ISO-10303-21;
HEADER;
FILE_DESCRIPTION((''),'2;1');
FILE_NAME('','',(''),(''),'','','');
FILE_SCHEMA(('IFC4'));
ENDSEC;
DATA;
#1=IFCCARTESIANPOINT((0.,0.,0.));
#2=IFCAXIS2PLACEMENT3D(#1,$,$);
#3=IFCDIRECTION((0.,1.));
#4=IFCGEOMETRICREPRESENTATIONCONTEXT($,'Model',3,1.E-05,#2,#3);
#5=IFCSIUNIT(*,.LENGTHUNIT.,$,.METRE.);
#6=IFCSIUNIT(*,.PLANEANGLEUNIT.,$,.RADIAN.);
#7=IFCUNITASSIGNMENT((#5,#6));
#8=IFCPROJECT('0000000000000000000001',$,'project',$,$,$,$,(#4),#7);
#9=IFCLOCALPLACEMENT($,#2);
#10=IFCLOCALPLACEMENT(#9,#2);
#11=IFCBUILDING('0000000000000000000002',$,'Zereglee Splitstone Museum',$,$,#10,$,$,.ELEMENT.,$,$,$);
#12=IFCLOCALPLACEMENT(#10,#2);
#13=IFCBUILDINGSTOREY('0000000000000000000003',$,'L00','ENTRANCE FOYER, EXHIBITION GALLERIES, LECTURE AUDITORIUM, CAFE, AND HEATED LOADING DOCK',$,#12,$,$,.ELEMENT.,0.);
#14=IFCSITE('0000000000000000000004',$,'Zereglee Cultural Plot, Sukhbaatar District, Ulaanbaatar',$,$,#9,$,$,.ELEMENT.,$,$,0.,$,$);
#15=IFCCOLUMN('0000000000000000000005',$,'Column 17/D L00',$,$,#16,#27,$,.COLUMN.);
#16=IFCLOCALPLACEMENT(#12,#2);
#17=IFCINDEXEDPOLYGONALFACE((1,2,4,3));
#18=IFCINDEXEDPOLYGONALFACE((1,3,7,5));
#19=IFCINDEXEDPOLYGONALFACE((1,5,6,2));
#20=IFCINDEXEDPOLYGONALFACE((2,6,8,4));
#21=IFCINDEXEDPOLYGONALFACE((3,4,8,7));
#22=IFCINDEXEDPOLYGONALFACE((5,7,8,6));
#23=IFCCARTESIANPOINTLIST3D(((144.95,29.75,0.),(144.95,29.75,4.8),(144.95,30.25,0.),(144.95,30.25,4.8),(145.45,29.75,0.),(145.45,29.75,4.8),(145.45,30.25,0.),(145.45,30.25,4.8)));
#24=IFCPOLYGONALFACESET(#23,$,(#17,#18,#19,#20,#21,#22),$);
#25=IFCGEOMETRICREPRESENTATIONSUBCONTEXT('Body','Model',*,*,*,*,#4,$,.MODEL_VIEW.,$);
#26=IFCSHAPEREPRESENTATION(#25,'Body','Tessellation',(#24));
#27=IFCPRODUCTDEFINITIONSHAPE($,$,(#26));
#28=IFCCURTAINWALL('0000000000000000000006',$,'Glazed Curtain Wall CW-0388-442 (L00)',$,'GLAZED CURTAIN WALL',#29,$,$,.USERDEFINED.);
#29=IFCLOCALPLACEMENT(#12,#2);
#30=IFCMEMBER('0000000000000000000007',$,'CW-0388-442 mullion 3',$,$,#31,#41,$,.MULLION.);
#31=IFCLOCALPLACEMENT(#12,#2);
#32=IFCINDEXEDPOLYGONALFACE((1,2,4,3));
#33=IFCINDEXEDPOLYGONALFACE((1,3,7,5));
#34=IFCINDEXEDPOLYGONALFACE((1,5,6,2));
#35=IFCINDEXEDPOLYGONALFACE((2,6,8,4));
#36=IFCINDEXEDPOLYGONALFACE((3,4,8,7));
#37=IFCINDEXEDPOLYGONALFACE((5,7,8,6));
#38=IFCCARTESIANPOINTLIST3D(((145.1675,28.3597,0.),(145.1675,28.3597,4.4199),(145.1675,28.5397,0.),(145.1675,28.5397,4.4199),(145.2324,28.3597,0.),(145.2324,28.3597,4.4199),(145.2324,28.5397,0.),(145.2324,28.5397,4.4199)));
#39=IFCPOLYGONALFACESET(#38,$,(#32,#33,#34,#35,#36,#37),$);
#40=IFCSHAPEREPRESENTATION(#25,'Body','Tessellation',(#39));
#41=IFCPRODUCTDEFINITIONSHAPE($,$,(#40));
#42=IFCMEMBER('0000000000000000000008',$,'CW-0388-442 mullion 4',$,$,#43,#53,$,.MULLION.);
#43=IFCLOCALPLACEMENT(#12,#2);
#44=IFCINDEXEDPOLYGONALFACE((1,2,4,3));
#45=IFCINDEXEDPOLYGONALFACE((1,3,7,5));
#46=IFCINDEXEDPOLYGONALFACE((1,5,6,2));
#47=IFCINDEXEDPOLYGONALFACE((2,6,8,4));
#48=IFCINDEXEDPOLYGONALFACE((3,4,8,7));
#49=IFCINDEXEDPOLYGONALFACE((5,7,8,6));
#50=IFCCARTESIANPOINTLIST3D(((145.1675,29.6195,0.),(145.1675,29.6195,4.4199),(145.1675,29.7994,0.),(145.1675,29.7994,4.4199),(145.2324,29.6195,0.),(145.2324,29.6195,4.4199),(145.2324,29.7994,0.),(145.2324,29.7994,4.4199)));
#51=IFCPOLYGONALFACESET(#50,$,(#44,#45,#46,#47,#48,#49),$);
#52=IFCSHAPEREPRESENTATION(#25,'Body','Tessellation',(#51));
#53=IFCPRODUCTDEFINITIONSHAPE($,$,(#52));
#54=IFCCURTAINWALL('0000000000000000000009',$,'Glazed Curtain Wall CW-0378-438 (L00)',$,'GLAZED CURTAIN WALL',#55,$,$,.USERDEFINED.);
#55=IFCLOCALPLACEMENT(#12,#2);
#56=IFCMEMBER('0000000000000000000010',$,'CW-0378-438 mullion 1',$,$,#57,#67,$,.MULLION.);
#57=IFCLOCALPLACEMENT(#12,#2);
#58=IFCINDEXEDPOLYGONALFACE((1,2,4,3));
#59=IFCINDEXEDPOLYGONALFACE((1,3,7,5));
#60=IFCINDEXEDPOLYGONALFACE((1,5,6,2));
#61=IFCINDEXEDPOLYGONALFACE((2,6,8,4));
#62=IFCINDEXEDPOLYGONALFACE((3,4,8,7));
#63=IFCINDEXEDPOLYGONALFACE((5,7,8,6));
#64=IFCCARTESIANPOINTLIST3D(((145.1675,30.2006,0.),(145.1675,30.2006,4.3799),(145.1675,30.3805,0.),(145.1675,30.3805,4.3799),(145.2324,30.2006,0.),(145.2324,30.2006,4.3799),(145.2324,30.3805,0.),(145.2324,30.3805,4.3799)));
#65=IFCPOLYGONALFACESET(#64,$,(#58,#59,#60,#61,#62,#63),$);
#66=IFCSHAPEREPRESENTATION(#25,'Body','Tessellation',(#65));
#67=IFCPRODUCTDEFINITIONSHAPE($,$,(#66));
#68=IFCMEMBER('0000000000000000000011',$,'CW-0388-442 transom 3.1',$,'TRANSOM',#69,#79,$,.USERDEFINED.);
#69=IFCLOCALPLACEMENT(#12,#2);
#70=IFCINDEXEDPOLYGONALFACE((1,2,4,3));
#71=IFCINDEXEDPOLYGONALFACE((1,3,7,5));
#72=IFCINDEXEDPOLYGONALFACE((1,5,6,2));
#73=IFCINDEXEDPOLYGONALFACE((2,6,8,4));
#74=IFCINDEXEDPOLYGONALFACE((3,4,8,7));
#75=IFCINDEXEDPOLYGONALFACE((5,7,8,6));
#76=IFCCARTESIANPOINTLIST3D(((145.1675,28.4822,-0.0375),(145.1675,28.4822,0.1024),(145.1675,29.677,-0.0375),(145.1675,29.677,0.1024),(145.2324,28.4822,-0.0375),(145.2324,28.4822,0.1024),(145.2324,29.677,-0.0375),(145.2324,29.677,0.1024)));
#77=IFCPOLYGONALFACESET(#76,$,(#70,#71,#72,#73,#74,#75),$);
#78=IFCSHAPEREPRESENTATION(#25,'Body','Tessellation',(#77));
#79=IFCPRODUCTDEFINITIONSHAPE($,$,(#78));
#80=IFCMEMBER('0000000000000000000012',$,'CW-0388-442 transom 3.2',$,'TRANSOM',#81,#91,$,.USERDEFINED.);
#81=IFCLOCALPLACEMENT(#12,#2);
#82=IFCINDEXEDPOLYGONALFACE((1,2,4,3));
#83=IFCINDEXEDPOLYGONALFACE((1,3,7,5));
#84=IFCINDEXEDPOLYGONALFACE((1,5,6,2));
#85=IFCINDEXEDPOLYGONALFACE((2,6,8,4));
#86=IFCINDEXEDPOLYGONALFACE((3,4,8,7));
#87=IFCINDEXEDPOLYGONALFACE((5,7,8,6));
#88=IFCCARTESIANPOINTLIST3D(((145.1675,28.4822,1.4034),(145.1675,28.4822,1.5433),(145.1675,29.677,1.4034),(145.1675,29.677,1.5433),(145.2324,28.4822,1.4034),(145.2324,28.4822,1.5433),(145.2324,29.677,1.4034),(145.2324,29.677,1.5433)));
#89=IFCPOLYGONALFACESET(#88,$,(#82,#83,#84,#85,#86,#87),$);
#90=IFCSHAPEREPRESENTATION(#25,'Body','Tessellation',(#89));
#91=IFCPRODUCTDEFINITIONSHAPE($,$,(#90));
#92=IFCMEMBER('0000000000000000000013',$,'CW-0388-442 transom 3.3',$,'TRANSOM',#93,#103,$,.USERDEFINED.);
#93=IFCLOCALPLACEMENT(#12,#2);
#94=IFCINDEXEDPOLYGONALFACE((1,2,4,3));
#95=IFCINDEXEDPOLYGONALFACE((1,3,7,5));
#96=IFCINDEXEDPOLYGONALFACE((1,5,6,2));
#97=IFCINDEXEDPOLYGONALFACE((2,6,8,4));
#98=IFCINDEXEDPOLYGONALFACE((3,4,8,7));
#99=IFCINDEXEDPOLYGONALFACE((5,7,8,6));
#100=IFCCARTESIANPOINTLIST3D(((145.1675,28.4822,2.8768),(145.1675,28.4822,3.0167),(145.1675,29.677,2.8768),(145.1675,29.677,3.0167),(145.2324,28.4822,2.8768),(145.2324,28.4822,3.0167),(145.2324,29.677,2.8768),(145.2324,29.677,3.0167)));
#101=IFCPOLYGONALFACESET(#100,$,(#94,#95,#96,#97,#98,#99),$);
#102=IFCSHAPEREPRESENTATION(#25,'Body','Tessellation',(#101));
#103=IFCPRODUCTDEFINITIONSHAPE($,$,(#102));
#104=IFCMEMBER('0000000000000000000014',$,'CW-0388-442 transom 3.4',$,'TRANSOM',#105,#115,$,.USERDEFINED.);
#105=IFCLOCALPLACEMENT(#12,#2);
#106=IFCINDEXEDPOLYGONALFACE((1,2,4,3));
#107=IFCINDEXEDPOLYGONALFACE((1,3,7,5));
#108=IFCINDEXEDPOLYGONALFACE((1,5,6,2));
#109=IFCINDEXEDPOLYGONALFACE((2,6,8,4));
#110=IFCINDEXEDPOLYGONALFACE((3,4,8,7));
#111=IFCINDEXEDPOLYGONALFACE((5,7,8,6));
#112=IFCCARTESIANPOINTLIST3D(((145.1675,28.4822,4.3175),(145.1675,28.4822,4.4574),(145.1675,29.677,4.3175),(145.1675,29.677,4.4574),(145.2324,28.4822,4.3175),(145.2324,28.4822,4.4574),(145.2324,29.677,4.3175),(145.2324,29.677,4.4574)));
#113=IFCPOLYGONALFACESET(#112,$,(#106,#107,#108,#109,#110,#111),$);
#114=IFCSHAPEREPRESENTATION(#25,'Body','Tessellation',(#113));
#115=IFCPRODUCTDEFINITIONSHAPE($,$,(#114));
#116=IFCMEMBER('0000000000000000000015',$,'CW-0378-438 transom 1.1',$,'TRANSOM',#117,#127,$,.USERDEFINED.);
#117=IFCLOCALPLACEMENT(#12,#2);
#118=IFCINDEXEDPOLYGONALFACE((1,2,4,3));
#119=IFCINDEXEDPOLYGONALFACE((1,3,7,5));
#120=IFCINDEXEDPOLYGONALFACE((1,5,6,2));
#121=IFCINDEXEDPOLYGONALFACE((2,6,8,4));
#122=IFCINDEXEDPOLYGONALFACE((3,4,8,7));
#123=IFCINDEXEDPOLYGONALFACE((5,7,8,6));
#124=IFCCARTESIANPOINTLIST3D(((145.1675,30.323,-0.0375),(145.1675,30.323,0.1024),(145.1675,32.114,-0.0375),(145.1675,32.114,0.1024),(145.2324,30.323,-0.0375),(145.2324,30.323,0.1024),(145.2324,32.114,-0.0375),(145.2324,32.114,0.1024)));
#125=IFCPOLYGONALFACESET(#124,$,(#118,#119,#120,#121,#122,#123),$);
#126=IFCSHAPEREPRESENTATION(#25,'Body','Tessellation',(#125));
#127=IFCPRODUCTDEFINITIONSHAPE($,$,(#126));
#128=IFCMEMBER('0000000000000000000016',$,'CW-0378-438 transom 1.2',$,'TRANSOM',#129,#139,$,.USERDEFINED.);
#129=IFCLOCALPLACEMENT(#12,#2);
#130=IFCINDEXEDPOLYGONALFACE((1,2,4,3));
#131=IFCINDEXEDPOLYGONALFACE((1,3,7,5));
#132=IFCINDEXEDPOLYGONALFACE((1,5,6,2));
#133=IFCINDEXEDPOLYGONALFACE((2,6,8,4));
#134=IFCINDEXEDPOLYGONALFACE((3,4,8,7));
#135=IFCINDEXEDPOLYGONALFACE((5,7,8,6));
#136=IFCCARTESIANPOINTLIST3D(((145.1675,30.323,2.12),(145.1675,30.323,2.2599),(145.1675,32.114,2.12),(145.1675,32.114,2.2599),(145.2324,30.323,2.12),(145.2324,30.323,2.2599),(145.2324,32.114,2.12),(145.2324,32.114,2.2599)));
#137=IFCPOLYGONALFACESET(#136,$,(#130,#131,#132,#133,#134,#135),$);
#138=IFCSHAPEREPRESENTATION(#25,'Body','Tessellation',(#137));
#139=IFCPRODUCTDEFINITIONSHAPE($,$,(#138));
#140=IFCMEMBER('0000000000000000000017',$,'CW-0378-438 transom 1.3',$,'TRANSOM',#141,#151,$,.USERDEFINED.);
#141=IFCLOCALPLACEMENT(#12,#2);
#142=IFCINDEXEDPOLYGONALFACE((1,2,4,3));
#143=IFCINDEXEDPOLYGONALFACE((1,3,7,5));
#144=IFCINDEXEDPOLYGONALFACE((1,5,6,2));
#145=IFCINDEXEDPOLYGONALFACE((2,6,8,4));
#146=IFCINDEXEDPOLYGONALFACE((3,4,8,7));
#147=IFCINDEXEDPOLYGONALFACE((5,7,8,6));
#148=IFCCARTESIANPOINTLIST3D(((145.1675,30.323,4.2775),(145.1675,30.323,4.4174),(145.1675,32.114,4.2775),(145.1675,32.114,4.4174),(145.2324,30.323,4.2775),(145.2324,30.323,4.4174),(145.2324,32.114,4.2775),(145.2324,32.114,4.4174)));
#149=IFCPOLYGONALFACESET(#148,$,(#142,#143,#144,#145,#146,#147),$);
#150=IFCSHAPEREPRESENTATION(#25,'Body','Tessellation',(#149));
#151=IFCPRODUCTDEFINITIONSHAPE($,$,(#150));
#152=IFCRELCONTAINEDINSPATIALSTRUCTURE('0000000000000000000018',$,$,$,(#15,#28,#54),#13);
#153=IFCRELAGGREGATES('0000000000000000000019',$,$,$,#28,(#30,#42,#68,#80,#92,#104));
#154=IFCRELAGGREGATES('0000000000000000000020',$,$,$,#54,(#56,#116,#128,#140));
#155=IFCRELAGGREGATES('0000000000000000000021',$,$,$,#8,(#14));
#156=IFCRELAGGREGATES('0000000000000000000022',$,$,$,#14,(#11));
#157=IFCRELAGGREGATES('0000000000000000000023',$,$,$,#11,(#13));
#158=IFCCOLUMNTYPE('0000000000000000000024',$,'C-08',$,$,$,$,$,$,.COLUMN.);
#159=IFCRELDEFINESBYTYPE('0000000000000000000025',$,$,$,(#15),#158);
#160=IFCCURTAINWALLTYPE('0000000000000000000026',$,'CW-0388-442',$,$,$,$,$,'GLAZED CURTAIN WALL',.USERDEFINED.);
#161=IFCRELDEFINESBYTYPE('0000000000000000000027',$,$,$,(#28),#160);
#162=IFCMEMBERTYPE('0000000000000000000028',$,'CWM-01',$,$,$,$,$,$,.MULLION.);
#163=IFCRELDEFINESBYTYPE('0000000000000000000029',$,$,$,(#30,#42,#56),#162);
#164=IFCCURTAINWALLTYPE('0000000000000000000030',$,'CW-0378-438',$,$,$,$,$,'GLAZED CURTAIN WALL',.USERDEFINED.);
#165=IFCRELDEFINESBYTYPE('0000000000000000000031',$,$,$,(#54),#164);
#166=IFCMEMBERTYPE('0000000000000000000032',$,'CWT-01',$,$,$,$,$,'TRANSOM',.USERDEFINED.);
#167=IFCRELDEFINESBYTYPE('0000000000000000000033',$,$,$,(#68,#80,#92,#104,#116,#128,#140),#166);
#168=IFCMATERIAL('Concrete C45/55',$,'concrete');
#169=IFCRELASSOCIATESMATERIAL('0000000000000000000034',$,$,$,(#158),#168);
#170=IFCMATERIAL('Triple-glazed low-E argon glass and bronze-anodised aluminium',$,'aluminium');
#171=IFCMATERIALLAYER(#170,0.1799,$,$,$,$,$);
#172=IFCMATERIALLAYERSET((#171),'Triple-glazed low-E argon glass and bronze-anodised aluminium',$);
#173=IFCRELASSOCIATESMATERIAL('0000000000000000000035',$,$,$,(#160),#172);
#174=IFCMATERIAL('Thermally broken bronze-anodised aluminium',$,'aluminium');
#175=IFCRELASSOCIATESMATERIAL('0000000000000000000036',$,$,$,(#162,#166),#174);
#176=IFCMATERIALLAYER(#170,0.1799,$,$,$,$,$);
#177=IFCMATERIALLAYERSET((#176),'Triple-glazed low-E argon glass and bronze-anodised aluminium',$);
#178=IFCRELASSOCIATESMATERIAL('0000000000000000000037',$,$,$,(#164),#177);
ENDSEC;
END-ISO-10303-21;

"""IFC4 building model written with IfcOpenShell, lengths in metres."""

from ifc_helpers import new_model, si_unit, direction, frame, origin, origin_2d, place, context, subcontext, project, spatial, rectangle, extrude, material, layer, layer_set, material_profile, profile_set, type_object, element, aggregate, save


model = new_model("IFC4")

# Units and contexts
model_context = context("Model", 3, precision=1e-05, world=origin(), true_north=direction((0.0, 1.0)))
body_context = subcontext(model_context, "Body", "Model", "MODEL_VIEW")
ifc_project = project(units=[si_unit("LENGTHUNIT", "METRE"), si_unit("PLANEANGLEUNIT", "RADIAN")], contexts=[model_context])

# Site, building, storey
site_placement = place(None, origin())
site = spatial("IfcSite", under=ifc_project, at=site_placement, Name="Zereglee Cultural Plot, Sukhbaatar District, Ulaanbaatar", CompositionType="ELEMENT", RefElevation=0.0)
building_placement = place(site_placement, origin())
building = spatial("IfcBuilding", under=site, at=building_placement, Name="Zereglee Splitstone Museum", CompositionType="ELEMENT")
storey_placement = place(building_placement, origin())
storey = spatial("IfcBuildingStorey", under=building, at=storey_placement, Name="L00", Description="ENTRANCE FOYER, EXHIBITION GALLERIES, LECTURE AUDITORIUM, CAFE, AND HEATED LOADING DOCK", CompositionType="ELEMENT", Elevation=0.0)

# Column
ifc_material_1 = material(Name="Concrete C45/55", Category="concrete")
ifc_material_profile_1 = material_profile(ifc_material_1, rectangle(XDim=0.5, YDim=0.5, at=origin_2d()), Name="RC 500x500")
ifc_profile_set_1 = profile_set([ifc_material_profile_1], Name="Concrete C45/55")
column_type = type_object("IfcColumnType", Name="C-08", PredefinedType="COLUMN", material=ifc_profile_set_1)
column_placement = place(storey_placement, frame((145.2, 30.0, 0.0), z_axis=(0.0, 0.0, 1.0), x_axis=(1.0, 0.0, 0.0)))
element("IfcColumn", 1, at=column_placement, inside=storey, type_object=column_type, Name="Column 17/D L00", PredefinedType="COLUMN", context=body_context, shape_type="SweptSolid", body=[
    extrude(rectangle(XDim=0.5, YDim=0.5, at=origin_2d()), origin(), (0.0, 0.0, 1.0), 4.8),
])

# Curtain wall, members
ifc_material_2 = material(Name="Triple-glazed low-E argon glass and bronze-anodised aluminium", Category="aluminium")
ifc_layer_1 = layer(ifc_material_2, 0.1799)
ifc_layer_set_1 = layer_set([ifc_layer_1], Name="Triple-glazed low-E argon glass and bronze-anodised aluminium")
curtain_wall_type_1 = type_object("IfcCurtainWallType", Name="CW-0388-442", ElementType="GLAZED CURTAIN WALL", PredefinedType="USERDEFINED", material=ifc_layer_set_1)
curtain_wall_1_placement = place(storey_placement, origin())
curtain_wall_1 = element("IfcCurtainWall", 2, at=curtain_wall_1_placement, inside=storey, type_object=curtain_wall_type_1, Name="Glazed Curtain Wall CW-0388-442 (L00)", ObjectType="GLAZED CURTAIN WALL", PredefinedType="USERDEFINED")
ifc_material_3 = material(Name="Thermally broken bronze-anodised aluminium", Category="aluminium")
ifc_material_profile_2 = material_profile(ifc_material_3, rectangle(XDim=0.0649, YDim=0.1799, at=origin_2d()), Name="CW MULL 65x180")
ifc_profile_set_2 = profile_set([ifc_material_profile_2], Name="Thermally broken bronze-anodised aluminium")
member_type_1 = type_object("IfcMemberType", Name="CWM-01", PredefinedType="MULLION", material=ifc_profile_set_2)
member_1_placement = place(storey_placement, frame((145.2, 28.4497, 0.0), z_axis=(0.0, 0.0, 1.0), x_axis=(-1.0, 0.0, 0.0)))
member_1 = element("IfcMember", 3, at=member_1_placement, type_object=member_type_1, Name="CW-0388-442 mullion 3", PredefinedType="MULLION", context=body_context, shape_type="SweptSolid", body=[
    extrude(rectangle(XDim=0.0649, YDim=0.1799, at=origin_2d()), origin(), (0.0, 0.0, 1.0), 4.4199),
])
member_2_placement = place(storey_placement, frame((145.2, 29.7095, 0.0), z_axis=(0.0, 0.0, 1.0), x_axis=(-1.0, 0.0, 0.0)))
member_2 = element("IfcMember", 4, at=member_2_placement, type_object=member_type_1, Name="CW-0388-442 mullion 4", PredefinedType="MULLION", context=body_context, shape_type="SweptSolid", body=[
    extrude(rectangle(XDim=0.0649, YDim=0.1799, at=origin_2d()), origin(), (0.0, 0.0, 1.0), 4.4199),
])

# Curtain wall, member
ifc_layer_2 = layer(ifc_material_2, 0.1799)
ifc_layer_set_2 = layer_set([ifc_layer_2], Name="Triple-glazed low-E argon glass and bronze-anodised aluminium")
curtain_wall_type_2 = type_object("IfcCurtainWallType", Name="CW-0378-438", ElementType="GLAZED CURTAIN WALL", PredefinedType="USERDEFINED", material=ifc_layer_set_2)
curtain_wall_2_placement = place(storey_placement, origin())
curtain_wall_2 = element("IfcCurtainWall", 5, at=curtain_wall_2_placement, inside=storey, type_object=curtain_wall_type_2, Name="Glazed Curtain Wall CW-0378-438 (L00)", ObjectType="GLAZED CURTAIN WALL", PredefinedType="USERDEFINED")
member_3_placement = place(storey_placement, frame((145.2, 30.2905, 0.0), z_axis=(0.0, 0.0, 1.0), x_axis=(-1.0, 0.0, 0.0)))
member_3 = element("IfcMember", 6, at=member_3_placement, type_object=member_type_1, Name="CW-0378-438 mullion 1", PredefinedType="MULLION", context=body_context, shape_type="SweptSolid", body=[
    extrude(rectangle(XDim=0.0649, YDim=0.1799, at=origin_2d()), origin(), (0.0, 0.0, 1.0), 4.3799),
])

# Members
ifc_material_profile_3 = material_profile(ifc_material_3, rectangle(XDim=0.0649, YDim=0.1399, at=origin_2d()), Name="CW TRAN 65x140")
ifc_profile_set_3 = profile_set([ifc_material_profile_3], Name="Thermally broken bronze-anodised aluminium")
member_type_2 = type_object("IfcMemberType", Name="CWT-01", ElementType="TRANSOM", PredefinedType="USERDEFINED", material=ifc_profile_set_3)
member_4_placement = place(storey_placement, frame((145.2, 28.4822, 0.0325), z_axis=(0.0, 1.0, 0.0), x_axis=(-1.0, 0.0, 0.0)))
member_4 = element("IfcMember", 7, at=member_4_placement, type_object=member_type_2, Name="CW-0388-442 transom 3.1", ObjectType="TRANSOM", PredefinedType="USERDEFINED", context=body_context, shape_type="SweptSolid", body=[
    extrude(rectangle(XDim=0.0649, YDim=0.1399, at=origin_2d()), origin(), (0.0, 0.0, 1.0), 1.1948),
])
member_5_placement = place(storey_placement, frame((145.2, 28.4822, 1.4734), z_axis=(0.0, 1.0, 0.0), x_axis=(-1.0, 0.0, 0.0)))
member_5 = element("IfcMember", 8, at=member_5_placement, type_object=member_type_2, Name="CW-0388-442 transom 3.2", ObjectType="TRANSOM", PredefinedType="USERDEFINED", context=body_context, shape_type="SweptSolid", body=[
    extrude(rectangle(XDim=0.0649, YDim=0.1399, at=origin_2d()), origin(), (0.0, 0.0, 1.0), 1.1948),
])
member_6_placement = place(storey_placement, frame((145.2, 28.4822, 2.9468), z_axis=(0.0, 1.0, 0.0), x_axis=(-1.0, 0.0, 0.0)))
member_6 = element("IfcMember", 9, at=member_6_placement, type_object=member_type_2, Name="CW-0388-442 transom 3.3", ObjectType="TRANSOM", PredefinedType="USERDEFINED", context=body_context, shape_type="SweptSolid", body=[
    extrude(rectangle(XDim=0.0649, YDim=0.1399, at=origin_2d()), origin(), (0.0, 0.0, 1.0), 1.1948),
])
member_7_placement = place(storey_placement, frame((145.2, 28.4822, 4.3875), z_axis=(0.0, 1.0, 0.0), x_axis=(-1.0, 0.0, 0.0)))
member_7 = element("IfcMember", 10, at=member_7_placement, type_object=member_type_2, Name="CW-0388-442 transom 3.4", ObjectType="TRANSOM", PredefinedType="USERDEFINED", context=body_context, shape_type="SweptSolid", body=[
    extrude(rectangle(XDim=0.0649, YDim=0.1399, at=origin_2d()), origin(), (0.0, 0.0, 1.0), 1.1948),
])
member_8_placement = place(storey_placement, frame((145.2, 30.323, 0.0325), z_axis=(0.0, 1.0, 0.0), x_axis=(-1.0, 0.0, 0.0)))
member_8 = element("IfcMember", 11, at=member_8_placement, type_object=member_type_2, Name="CW-0378-438 transom 1.1", ObjectType="TRANSOM", PredefinedType="USERDEFINED", context=body_context, shape_type="SweptSolid", body=[
    extrude(rectangle(XDim=0.0649, YDim=0.1399, at=origin_2d()), origin(), (0.0, 0.0, 1.0), 1.791),
])
member_9_placement = place(storey_placement, frame((145.2, 30.323, 2.1899), z_axis=(0.0, 1.0, 0.0), x_axis=(-1.0, 0.0, 0.0)))
member_9 = element("IfcMember", 12, at=member_9_placement, type_object=member_type_2, Name="CW-0378-438 transom 1.2", ObjectType="TRANSOM", PredefinedType="USERDEFINED", context=body_context, shape_type="SweptSolid", body=[
    extrude(rectangle(XDim=0.0649, YDim=0.1399, at=origin_2d()), origin(), (0.0, 0.0, 1.0), 1.791),
])
member_10_placement = place(storey_placement, frame((145.2, 30.323, 4.3474), z_axis=(0.0, 1.0, 0.0), x_axis=(-1.0, 0.0, 0.0)))
member_10 = element("IfcMember", 13, at=member_10_placement, type_object=member_type_2, Name="CW-0378-438 transom 1.3", ObjectType="TRANSOM", PredefinedType="USERDEFINED", context=body_context, shape_type="SweptSolid", body=[
    extrude(rectangle(XDim=0.0649, YDim=0.1399, at=origin_2d()), origin(), (0.0, 0.0, 1.0), 1.791),
])

aggregate(curtain_wall_1, [member_1, member_2, member_4, member_5, member_6, member_7])
aggregate(curtain_wall_2, [member_3, member_8, member_9, member_10])

save(model, "model.ifc")
